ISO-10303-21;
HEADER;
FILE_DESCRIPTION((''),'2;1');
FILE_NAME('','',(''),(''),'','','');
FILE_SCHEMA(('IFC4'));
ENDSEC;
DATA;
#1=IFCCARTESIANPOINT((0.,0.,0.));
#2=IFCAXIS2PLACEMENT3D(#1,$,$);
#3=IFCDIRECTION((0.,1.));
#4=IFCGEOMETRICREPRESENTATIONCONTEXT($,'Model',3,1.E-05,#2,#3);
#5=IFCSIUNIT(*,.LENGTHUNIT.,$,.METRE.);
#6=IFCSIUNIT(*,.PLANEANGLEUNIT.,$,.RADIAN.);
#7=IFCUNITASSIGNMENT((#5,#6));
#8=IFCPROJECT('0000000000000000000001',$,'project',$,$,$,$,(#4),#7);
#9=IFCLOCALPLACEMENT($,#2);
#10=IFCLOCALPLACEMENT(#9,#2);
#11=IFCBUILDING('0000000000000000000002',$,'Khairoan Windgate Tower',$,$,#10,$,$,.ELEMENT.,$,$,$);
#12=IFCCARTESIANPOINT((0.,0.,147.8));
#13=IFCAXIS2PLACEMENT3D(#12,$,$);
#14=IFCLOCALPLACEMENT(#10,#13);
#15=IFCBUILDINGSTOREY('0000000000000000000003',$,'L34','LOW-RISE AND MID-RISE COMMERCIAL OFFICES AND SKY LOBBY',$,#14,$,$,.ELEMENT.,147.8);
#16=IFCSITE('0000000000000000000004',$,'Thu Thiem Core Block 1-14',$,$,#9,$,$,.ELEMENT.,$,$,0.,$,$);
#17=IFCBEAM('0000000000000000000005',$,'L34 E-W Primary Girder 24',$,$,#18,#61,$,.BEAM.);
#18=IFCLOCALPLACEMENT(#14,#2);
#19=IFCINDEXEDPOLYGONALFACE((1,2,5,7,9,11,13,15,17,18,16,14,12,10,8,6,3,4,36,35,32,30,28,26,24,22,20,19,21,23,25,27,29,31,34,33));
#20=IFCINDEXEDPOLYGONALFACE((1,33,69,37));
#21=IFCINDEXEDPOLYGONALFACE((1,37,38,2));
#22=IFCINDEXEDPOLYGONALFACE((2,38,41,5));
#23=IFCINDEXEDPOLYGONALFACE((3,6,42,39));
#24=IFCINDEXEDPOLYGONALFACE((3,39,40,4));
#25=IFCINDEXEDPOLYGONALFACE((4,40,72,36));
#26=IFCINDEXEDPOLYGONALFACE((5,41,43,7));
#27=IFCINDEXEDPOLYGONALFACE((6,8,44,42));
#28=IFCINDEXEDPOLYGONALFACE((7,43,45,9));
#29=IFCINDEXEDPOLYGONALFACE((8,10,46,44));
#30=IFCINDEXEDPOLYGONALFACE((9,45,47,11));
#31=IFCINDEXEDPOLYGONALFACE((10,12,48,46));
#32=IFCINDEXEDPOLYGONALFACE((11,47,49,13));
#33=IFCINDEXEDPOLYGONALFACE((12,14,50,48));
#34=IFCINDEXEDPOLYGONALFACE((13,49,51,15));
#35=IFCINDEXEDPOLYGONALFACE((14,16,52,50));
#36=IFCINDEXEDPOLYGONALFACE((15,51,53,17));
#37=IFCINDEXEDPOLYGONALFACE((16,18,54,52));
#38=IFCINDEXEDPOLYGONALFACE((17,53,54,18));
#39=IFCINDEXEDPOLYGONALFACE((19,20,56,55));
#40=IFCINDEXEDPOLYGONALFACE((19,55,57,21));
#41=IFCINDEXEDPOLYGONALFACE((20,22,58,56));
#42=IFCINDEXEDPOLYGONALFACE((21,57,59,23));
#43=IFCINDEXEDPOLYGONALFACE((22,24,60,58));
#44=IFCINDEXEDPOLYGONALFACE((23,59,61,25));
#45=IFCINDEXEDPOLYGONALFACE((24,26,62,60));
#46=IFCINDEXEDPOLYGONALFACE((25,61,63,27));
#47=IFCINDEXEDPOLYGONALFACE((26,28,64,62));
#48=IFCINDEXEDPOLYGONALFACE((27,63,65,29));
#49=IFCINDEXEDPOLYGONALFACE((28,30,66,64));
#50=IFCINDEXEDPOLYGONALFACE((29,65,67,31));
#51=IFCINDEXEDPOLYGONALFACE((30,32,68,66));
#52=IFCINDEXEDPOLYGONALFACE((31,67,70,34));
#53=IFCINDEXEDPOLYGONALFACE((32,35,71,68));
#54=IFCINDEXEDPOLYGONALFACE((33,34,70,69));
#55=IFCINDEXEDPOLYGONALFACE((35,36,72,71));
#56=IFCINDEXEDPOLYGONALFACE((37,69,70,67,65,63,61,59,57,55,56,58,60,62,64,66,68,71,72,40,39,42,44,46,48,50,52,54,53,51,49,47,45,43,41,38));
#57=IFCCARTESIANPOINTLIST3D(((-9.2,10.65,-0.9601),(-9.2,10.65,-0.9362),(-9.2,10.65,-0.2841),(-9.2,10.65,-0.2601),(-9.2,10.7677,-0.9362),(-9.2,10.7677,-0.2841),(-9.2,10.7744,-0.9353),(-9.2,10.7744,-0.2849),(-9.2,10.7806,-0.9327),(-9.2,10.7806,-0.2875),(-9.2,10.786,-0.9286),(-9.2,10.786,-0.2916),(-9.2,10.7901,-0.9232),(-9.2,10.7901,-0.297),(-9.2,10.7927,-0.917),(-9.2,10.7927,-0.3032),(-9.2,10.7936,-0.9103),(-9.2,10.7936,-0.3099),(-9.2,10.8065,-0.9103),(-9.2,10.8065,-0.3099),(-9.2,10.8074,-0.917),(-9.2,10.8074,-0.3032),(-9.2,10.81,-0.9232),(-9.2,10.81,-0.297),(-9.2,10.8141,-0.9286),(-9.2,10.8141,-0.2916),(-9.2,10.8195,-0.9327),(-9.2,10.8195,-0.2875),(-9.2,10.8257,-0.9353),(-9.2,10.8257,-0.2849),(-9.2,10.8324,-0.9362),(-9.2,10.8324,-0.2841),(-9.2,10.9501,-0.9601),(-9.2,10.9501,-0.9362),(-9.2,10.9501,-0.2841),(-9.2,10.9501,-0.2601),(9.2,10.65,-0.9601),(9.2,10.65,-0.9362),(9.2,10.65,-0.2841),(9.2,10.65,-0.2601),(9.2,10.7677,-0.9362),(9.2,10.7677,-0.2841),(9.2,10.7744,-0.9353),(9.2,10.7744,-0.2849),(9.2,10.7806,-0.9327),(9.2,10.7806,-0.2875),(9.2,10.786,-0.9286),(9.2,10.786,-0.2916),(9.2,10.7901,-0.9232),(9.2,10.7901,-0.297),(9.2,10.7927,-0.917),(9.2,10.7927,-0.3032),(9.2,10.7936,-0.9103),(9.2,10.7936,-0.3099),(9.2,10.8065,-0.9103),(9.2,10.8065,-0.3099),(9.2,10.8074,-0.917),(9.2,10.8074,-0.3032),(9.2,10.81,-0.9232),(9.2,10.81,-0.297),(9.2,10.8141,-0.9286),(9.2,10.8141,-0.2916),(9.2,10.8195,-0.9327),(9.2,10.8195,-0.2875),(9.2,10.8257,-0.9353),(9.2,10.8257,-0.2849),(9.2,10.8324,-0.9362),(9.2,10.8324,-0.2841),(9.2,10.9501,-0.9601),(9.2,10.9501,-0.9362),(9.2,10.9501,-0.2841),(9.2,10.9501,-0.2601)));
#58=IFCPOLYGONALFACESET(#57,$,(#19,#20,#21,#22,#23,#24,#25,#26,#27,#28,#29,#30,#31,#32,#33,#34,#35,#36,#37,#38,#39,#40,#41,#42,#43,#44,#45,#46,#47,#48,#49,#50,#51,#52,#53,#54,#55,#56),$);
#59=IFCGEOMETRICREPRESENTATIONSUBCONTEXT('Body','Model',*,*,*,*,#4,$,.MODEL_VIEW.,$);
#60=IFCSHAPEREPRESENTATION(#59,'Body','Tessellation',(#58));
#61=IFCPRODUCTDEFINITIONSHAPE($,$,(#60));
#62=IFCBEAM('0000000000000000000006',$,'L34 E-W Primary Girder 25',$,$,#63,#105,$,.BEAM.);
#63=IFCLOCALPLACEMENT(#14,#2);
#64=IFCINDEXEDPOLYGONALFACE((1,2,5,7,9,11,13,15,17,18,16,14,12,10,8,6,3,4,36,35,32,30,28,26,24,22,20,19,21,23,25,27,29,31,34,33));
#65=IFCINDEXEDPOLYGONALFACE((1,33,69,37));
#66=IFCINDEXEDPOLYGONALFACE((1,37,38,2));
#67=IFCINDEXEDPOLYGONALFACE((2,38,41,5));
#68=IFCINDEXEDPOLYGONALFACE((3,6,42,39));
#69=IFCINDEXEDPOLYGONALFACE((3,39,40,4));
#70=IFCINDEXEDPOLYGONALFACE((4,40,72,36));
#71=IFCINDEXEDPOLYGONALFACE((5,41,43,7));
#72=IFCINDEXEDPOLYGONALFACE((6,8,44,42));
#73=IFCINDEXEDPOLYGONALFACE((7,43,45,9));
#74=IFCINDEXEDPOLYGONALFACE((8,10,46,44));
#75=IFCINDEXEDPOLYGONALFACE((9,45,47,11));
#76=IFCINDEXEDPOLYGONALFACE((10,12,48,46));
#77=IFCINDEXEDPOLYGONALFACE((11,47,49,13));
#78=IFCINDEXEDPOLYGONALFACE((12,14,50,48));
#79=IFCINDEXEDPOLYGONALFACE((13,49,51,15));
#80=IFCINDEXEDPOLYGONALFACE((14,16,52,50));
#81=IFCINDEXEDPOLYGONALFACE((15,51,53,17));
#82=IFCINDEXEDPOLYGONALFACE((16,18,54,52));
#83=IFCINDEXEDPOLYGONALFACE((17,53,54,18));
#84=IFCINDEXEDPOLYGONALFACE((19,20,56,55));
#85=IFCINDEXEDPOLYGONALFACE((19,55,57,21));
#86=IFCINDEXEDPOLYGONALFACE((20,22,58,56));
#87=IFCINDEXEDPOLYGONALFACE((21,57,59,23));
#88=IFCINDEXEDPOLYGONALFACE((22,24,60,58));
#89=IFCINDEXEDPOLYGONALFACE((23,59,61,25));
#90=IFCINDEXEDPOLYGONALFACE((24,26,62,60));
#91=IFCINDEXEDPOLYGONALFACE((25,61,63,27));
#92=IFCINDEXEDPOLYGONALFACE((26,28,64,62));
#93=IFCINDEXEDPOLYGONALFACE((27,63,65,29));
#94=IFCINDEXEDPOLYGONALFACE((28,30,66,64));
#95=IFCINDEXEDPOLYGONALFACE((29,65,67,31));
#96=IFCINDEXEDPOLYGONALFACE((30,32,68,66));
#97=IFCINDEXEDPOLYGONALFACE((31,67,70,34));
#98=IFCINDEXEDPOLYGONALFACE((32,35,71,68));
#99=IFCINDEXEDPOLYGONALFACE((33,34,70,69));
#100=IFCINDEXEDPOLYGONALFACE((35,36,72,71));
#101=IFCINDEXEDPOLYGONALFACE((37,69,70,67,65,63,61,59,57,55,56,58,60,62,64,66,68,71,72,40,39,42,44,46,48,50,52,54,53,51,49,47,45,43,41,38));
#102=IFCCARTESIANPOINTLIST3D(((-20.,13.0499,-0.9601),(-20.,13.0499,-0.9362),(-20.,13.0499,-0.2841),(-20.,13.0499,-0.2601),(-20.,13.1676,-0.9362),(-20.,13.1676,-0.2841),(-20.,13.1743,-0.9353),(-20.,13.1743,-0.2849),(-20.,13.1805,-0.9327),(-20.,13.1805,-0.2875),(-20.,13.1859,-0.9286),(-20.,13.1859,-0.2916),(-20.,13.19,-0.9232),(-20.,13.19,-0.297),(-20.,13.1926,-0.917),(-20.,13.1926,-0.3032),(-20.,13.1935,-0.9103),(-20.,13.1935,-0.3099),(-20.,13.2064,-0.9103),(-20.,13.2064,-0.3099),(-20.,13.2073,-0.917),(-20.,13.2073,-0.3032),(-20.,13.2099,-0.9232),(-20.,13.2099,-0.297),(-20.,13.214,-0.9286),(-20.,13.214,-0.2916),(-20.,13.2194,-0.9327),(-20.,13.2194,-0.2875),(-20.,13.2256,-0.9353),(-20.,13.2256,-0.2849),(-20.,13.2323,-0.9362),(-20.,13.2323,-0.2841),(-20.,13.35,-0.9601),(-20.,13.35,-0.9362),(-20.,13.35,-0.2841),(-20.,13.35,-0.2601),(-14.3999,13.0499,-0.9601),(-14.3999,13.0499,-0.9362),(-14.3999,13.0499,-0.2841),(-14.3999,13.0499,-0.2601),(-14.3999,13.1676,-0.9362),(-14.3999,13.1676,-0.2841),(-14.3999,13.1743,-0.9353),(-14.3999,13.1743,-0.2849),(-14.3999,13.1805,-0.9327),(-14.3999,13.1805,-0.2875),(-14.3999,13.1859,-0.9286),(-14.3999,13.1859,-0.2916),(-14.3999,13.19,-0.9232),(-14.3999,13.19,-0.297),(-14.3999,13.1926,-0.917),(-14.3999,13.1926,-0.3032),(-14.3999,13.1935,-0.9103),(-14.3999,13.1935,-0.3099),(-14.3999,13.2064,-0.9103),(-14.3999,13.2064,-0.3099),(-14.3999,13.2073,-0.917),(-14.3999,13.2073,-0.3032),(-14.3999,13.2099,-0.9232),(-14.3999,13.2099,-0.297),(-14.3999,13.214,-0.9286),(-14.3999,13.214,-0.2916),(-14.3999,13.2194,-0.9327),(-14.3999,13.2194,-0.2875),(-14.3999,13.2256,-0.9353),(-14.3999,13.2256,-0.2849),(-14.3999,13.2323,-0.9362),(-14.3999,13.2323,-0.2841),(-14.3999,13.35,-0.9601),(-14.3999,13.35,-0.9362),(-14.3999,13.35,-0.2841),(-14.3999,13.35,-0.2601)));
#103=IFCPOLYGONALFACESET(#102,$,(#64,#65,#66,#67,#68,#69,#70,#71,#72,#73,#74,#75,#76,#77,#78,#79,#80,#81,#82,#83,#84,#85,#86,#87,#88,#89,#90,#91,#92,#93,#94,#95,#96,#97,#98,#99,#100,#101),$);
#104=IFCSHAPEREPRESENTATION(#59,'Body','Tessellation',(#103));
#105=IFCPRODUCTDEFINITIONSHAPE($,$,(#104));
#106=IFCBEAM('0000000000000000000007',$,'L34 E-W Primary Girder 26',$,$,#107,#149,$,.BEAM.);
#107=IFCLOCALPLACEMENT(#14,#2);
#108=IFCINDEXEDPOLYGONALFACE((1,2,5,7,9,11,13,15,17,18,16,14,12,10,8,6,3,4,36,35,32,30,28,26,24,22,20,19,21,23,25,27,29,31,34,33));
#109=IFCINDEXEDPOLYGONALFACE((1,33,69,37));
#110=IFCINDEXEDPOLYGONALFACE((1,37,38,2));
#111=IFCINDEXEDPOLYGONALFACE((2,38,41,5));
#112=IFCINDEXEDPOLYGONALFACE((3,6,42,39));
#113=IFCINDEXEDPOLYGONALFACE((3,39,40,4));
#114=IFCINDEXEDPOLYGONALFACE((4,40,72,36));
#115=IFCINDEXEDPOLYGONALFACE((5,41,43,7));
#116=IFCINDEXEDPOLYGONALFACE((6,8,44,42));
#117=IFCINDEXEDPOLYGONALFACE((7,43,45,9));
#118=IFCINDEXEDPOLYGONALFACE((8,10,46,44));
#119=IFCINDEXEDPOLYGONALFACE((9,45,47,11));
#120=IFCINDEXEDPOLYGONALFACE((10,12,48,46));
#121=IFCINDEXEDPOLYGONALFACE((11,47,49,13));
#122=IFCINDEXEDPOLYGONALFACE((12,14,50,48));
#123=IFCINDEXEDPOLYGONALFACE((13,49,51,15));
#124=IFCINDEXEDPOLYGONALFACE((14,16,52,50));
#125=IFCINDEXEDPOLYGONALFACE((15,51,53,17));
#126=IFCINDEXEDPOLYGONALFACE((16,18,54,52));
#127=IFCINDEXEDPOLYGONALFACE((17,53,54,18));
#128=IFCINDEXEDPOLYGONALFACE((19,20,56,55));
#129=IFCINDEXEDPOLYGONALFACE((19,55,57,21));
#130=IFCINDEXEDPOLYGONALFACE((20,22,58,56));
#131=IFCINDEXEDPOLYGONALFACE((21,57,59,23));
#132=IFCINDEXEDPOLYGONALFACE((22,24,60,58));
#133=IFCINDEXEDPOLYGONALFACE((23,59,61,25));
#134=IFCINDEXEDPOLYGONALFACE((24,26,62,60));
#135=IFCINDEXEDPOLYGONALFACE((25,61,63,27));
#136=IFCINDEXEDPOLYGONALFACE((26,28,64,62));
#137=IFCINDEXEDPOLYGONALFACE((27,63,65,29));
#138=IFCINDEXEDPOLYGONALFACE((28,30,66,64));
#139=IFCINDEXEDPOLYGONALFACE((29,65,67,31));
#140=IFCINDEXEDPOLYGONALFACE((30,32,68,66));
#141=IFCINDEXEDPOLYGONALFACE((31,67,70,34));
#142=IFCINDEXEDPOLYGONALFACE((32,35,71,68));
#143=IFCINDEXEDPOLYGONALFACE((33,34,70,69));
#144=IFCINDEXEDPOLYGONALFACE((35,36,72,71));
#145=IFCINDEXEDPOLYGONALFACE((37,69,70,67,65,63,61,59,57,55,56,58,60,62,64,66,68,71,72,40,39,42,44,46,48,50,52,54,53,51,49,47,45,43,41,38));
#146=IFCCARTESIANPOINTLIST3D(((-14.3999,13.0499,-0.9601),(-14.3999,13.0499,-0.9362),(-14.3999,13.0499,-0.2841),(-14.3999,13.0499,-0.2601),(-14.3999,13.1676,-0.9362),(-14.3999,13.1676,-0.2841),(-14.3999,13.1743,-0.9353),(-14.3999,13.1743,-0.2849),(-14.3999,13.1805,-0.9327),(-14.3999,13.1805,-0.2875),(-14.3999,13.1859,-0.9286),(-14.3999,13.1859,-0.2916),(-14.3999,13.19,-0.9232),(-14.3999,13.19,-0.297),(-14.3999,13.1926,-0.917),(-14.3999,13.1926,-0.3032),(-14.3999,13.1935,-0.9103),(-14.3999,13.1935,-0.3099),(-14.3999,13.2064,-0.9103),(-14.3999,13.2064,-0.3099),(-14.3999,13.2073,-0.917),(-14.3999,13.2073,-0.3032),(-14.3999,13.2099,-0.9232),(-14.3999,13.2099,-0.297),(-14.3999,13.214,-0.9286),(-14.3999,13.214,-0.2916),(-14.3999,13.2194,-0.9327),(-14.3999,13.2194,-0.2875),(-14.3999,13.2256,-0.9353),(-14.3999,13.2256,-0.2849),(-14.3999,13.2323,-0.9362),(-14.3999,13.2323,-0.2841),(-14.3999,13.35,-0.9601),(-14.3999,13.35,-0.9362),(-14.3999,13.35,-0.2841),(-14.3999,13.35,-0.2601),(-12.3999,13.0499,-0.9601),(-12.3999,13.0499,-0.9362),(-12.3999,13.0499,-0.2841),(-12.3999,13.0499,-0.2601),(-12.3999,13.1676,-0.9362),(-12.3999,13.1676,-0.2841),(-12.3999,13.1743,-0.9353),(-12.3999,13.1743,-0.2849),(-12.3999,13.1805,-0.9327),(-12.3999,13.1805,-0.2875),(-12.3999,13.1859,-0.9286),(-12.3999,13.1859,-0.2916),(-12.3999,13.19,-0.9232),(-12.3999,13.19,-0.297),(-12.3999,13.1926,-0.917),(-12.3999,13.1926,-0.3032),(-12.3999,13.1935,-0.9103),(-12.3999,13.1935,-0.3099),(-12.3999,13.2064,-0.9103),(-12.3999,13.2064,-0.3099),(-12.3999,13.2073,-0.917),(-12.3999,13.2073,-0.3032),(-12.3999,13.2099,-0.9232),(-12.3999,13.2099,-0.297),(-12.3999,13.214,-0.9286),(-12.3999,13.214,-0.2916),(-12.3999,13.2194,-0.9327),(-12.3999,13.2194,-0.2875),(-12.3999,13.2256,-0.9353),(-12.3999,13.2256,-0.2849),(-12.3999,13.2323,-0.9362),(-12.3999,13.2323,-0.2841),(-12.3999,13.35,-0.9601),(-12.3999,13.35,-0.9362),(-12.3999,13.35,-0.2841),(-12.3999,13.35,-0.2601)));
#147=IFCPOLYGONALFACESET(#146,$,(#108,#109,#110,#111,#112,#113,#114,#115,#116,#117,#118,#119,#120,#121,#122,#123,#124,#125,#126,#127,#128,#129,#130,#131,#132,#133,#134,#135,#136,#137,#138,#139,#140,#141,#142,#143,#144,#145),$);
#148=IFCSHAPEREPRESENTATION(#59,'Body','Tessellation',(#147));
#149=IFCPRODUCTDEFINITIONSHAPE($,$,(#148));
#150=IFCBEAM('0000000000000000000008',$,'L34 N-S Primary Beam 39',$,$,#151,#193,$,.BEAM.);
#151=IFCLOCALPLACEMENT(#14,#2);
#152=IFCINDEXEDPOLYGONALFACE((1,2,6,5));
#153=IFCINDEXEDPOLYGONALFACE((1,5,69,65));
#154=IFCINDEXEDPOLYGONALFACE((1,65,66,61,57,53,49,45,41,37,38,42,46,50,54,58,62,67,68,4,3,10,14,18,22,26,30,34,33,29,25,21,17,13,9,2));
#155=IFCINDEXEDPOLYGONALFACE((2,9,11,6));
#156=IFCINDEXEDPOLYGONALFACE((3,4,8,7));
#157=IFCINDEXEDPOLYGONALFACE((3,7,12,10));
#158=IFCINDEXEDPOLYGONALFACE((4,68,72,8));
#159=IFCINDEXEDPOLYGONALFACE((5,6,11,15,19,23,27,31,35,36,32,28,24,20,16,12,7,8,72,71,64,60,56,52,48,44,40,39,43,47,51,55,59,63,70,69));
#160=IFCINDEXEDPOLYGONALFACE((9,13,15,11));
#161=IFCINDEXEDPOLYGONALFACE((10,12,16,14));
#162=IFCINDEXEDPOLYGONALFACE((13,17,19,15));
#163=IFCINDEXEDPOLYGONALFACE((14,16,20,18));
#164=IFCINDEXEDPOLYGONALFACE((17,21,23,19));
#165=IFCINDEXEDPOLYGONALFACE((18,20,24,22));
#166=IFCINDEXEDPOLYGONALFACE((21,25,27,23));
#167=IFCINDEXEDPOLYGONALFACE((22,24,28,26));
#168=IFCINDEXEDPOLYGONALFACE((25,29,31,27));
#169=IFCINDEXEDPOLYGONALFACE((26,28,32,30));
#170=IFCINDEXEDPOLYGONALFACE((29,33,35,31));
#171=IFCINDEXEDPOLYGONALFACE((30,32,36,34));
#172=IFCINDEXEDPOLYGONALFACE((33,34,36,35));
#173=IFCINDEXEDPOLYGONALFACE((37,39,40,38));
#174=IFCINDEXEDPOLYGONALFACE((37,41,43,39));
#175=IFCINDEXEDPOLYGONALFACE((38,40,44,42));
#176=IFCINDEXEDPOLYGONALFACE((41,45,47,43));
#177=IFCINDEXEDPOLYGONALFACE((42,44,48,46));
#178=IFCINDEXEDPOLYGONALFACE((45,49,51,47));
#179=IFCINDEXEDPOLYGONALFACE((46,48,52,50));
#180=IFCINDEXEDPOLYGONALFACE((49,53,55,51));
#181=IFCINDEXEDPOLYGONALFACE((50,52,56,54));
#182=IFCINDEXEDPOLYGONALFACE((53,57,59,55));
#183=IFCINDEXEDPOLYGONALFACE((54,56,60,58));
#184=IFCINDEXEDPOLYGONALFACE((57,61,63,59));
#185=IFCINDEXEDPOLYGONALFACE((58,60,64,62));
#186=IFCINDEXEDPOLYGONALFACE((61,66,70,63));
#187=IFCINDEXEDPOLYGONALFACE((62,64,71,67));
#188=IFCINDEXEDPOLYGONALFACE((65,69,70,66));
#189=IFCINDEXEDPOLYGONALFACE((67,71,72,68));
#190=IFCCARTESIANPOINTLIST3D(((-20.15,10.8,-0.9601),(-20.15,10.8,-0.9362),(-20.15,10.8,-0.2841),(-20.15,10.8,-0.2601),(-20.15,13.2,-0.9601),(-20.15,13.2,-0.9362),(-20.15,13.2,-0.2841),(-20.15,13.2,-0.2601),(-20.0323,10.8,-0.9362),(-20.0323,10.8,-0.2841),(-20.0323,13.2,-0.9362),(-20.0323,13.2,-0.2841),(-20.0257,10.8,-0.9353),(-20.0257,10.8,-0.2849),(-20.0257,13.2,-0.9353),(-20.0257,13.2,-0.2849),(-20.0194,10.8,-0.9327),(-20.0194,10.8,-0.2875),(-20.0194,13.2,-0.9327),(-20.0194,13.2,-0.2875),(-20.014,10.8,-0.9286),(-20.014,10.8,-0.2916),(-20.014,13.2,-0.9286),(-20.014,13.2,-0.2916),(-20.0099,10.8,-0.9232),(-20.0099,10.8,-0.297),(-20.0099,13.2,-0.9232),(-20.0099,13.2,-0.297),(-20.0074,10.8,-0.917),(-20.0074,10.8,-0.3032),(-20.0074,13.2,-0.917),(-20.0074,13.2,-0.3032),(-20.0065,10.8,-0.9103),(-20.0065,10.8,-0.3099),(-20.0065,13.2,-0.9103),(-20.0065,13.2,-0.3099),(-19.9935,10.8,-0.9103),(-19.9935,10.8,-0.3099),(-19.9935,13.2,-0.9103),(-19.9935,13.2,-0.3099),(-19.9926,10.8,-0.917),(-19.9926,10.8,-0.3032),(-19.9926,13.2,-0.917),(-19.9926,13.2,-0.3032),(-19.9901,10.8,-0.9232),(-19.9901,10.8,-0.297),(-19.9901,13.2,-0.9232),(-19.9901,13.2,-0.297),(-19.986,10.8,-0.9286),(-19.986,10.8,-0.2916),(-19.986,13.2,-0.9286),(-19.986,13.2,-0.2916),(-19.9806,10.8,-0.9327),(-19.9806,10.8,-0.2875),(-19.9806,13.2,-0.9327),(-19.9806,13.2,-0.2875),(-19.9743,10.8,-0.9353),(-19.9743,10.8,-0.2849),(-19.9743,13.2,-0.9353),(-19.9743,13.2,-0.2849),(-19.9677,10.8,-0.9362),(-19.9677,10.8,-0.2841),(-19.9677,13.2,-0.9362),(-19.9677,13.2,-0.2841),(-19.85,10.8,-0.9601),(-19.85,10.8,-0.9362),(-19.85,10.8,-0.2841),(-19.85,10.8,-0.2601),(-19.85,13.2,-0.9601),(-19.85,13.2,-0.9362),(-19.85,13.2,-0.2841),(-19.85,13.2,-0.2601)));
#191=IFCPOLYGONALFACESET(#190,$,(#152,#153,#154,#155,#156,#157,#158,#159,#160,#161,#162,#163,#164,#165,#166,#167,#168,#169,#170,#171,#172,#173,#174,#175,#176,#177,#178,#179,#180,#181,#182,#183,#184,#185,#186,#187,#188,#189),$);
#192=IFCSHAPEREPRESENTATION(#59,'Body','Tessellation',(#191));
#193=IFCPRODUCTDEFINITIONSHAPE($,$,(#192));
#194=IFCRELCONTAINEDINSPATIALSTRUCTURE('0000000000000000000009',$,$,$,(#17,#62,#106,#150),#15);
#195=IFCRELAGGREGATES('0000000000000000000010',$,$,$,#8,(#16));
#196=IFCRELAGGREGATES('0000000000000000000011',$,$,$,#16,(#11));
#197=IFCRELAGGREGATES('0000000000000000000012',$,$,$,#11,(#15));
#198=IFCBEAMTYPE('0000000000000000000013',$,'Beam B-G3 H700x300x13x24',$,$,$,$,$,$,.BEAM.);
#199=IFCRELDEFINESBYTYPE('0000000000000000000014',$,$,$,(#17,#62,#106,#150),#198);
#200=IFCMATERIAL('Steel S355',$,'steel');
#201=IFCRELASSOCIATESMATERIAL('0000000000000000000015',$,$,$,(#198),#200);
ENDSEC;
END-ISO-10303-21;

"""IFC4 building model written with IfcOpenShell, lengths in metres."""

from ifc_helpers import new_model, si_unit, direction, frame, origin, origin_2d, place, context, subcontext, project, spatial, i_section, extrude, material, material_profile, profile_set, type_object, element, save


model = new_model("IFC4")

# Units and contexts
model_context = context("Model", 3, precision=1e-05, world=origin(), true_north=direction((0.0, 1.0)))
body_context = subcontext(model_context, "Body", "Model", "MODEL_VIEW")
ifc_project = project(units=[si_unit("LENGTHUNIT", "METRE"), si_unit("PLANEANGLEUNIT", "RADIAN")], contexts=[model_context])

# Site, building, storey
site_placement = place(None, origin())
site = spatial("IfcSite", under=ifc_project, at=site_placement, Name="Thu Thiem Core Block 1-14", CompositionType="ELEMENT", RefElevation=0.0)
building_placement = place(site_placement, origin())
building = spatial("IfcBuilding", under=site, at=building_placement, Name="Khairoan Windgate Tower", CompositionType="ELEMENT")
storey_placement = place(building_placement, frame((0.0, 0.0, 147.8)))
storey = spatial("IfcBuildingStorey", under=building, at=storey_placement, Name="L34", Description="LOW-RISE AND MID-RISE COMMERCIAL OFFICES AND SKY LOBBY", CompositionType="ELEMENT", Elevation=147.8)

# Beams
ifc_material_1 = material(Name="Steel S355", Category="steel")
ifc_material_profile_1 = material_profile(ifc_material_1, i_section(OverallWidth=0.3, OverallDepth=0.7, WebThickness=0.0129, FlangeThickness=0.0239, FilletRadius=0.0259, at=origin_2d()))
ifc_profile_set_1 = profile_set([ifc_material_profile_1], Name="Steel S355")
beam_type_1 = type_object("IfcBeamType", Name="Beam B-G3 H700x300x13x24", PredefinedType="BEAM", material=ifc_profile_set_1)
beam_1_placement = place(storey_placement, frame((-9.2, 10.8, -0.6101), z_axis=(1.0, 0.0, 0.0), x_axis=(0.0, 1.0, 0.0)))
element("IfcBeam", 1, at=beam_1_placement, inside=storey, type_object=beam_type_1, Name="L34 E-W Primary Girder 24", PredefinedType="BEAM", context=body_context, shape_type="SweptSolid", body=[
    extrude(i_section(OverallWidth=0.3, OverallDepth=0.7, WebThickness=0.0129, FlangeThickness=0.0239, FilletRadius=0.0259, at=origin_2d()), origin(), (0.0, 0.0, 1.0), 18.3999),
])
beam_2_placement = place(storey_placement, frame((-20.0, 13.2, -0.6101), z_axis=(1.0, 0.0, 0.0), x_axis=(0.0, 1.0, 0.0)))
element("IfcBeam", 2, at=beam_2_placement, inside=storey, type_object=beam_type_1, Name="L34 E-W Primary Girder 25", PredefinedType="BEAM", context=body_context, shape_type="SweptSolid", body=[
    extrude(i_section(OverallWidth=0.3, OverallDepth=0.7, WebThickness=0.0129, FlangeThickness=0.0239, FilletRadius=0.0259, at=origin_2d()), origin(), (0.0, 0.0, 1.0), 5.6001),
])
beam_3_placement = place(storey_placement, frame((-14.3999, 13.2, -0.6101), z_axis=(1.0, 0.0, 0.0), x_axis=(0.0, 1.0, 0.0)))
element("IfcBeam", 3, at=beam_3_placement, inside=storey, type_object=beam_type_1, Name="L34 E-W Primary Girder 26", PredefinedType="BEAM", context=body_context, shape_type="SweptSolid", body=[
    extrude(i_section(OverallWidth=0.3, OverallDepth=0.7, WebThickness=0.0129, FlangeThickness=0.0239, FilletRadius=0.0259, at=origin_2d()), origin(), (0.0, 0.0, 1.0), 2.0),
])
beam_4_placement = place(storey_placement, frame((-20.0, 10.8, -0.6101), z_axis=(0.0, 1.0, 0.0), x_axis=(-1.0, 0.0, 0.0)))
element("IfcBeam", 4, at=beam_4_placement, inside=storey, type_object=beam_type_1, Name="L34 N-S Primary Beam 39", PredefinedType="BEAM", context=body_context, shape_type="SweptSolid", body=[
    extrude(i_section(OverallWidth=0.3, OverallDepth=0.7, WebThickness=0.0129, FlangeThickness=0.0239, FilletRadius=0.0259, at=origin_2d()), origin(), (0.0, 0.0, 1.0), 2.3999),
])

save(model, "model.ifc")
